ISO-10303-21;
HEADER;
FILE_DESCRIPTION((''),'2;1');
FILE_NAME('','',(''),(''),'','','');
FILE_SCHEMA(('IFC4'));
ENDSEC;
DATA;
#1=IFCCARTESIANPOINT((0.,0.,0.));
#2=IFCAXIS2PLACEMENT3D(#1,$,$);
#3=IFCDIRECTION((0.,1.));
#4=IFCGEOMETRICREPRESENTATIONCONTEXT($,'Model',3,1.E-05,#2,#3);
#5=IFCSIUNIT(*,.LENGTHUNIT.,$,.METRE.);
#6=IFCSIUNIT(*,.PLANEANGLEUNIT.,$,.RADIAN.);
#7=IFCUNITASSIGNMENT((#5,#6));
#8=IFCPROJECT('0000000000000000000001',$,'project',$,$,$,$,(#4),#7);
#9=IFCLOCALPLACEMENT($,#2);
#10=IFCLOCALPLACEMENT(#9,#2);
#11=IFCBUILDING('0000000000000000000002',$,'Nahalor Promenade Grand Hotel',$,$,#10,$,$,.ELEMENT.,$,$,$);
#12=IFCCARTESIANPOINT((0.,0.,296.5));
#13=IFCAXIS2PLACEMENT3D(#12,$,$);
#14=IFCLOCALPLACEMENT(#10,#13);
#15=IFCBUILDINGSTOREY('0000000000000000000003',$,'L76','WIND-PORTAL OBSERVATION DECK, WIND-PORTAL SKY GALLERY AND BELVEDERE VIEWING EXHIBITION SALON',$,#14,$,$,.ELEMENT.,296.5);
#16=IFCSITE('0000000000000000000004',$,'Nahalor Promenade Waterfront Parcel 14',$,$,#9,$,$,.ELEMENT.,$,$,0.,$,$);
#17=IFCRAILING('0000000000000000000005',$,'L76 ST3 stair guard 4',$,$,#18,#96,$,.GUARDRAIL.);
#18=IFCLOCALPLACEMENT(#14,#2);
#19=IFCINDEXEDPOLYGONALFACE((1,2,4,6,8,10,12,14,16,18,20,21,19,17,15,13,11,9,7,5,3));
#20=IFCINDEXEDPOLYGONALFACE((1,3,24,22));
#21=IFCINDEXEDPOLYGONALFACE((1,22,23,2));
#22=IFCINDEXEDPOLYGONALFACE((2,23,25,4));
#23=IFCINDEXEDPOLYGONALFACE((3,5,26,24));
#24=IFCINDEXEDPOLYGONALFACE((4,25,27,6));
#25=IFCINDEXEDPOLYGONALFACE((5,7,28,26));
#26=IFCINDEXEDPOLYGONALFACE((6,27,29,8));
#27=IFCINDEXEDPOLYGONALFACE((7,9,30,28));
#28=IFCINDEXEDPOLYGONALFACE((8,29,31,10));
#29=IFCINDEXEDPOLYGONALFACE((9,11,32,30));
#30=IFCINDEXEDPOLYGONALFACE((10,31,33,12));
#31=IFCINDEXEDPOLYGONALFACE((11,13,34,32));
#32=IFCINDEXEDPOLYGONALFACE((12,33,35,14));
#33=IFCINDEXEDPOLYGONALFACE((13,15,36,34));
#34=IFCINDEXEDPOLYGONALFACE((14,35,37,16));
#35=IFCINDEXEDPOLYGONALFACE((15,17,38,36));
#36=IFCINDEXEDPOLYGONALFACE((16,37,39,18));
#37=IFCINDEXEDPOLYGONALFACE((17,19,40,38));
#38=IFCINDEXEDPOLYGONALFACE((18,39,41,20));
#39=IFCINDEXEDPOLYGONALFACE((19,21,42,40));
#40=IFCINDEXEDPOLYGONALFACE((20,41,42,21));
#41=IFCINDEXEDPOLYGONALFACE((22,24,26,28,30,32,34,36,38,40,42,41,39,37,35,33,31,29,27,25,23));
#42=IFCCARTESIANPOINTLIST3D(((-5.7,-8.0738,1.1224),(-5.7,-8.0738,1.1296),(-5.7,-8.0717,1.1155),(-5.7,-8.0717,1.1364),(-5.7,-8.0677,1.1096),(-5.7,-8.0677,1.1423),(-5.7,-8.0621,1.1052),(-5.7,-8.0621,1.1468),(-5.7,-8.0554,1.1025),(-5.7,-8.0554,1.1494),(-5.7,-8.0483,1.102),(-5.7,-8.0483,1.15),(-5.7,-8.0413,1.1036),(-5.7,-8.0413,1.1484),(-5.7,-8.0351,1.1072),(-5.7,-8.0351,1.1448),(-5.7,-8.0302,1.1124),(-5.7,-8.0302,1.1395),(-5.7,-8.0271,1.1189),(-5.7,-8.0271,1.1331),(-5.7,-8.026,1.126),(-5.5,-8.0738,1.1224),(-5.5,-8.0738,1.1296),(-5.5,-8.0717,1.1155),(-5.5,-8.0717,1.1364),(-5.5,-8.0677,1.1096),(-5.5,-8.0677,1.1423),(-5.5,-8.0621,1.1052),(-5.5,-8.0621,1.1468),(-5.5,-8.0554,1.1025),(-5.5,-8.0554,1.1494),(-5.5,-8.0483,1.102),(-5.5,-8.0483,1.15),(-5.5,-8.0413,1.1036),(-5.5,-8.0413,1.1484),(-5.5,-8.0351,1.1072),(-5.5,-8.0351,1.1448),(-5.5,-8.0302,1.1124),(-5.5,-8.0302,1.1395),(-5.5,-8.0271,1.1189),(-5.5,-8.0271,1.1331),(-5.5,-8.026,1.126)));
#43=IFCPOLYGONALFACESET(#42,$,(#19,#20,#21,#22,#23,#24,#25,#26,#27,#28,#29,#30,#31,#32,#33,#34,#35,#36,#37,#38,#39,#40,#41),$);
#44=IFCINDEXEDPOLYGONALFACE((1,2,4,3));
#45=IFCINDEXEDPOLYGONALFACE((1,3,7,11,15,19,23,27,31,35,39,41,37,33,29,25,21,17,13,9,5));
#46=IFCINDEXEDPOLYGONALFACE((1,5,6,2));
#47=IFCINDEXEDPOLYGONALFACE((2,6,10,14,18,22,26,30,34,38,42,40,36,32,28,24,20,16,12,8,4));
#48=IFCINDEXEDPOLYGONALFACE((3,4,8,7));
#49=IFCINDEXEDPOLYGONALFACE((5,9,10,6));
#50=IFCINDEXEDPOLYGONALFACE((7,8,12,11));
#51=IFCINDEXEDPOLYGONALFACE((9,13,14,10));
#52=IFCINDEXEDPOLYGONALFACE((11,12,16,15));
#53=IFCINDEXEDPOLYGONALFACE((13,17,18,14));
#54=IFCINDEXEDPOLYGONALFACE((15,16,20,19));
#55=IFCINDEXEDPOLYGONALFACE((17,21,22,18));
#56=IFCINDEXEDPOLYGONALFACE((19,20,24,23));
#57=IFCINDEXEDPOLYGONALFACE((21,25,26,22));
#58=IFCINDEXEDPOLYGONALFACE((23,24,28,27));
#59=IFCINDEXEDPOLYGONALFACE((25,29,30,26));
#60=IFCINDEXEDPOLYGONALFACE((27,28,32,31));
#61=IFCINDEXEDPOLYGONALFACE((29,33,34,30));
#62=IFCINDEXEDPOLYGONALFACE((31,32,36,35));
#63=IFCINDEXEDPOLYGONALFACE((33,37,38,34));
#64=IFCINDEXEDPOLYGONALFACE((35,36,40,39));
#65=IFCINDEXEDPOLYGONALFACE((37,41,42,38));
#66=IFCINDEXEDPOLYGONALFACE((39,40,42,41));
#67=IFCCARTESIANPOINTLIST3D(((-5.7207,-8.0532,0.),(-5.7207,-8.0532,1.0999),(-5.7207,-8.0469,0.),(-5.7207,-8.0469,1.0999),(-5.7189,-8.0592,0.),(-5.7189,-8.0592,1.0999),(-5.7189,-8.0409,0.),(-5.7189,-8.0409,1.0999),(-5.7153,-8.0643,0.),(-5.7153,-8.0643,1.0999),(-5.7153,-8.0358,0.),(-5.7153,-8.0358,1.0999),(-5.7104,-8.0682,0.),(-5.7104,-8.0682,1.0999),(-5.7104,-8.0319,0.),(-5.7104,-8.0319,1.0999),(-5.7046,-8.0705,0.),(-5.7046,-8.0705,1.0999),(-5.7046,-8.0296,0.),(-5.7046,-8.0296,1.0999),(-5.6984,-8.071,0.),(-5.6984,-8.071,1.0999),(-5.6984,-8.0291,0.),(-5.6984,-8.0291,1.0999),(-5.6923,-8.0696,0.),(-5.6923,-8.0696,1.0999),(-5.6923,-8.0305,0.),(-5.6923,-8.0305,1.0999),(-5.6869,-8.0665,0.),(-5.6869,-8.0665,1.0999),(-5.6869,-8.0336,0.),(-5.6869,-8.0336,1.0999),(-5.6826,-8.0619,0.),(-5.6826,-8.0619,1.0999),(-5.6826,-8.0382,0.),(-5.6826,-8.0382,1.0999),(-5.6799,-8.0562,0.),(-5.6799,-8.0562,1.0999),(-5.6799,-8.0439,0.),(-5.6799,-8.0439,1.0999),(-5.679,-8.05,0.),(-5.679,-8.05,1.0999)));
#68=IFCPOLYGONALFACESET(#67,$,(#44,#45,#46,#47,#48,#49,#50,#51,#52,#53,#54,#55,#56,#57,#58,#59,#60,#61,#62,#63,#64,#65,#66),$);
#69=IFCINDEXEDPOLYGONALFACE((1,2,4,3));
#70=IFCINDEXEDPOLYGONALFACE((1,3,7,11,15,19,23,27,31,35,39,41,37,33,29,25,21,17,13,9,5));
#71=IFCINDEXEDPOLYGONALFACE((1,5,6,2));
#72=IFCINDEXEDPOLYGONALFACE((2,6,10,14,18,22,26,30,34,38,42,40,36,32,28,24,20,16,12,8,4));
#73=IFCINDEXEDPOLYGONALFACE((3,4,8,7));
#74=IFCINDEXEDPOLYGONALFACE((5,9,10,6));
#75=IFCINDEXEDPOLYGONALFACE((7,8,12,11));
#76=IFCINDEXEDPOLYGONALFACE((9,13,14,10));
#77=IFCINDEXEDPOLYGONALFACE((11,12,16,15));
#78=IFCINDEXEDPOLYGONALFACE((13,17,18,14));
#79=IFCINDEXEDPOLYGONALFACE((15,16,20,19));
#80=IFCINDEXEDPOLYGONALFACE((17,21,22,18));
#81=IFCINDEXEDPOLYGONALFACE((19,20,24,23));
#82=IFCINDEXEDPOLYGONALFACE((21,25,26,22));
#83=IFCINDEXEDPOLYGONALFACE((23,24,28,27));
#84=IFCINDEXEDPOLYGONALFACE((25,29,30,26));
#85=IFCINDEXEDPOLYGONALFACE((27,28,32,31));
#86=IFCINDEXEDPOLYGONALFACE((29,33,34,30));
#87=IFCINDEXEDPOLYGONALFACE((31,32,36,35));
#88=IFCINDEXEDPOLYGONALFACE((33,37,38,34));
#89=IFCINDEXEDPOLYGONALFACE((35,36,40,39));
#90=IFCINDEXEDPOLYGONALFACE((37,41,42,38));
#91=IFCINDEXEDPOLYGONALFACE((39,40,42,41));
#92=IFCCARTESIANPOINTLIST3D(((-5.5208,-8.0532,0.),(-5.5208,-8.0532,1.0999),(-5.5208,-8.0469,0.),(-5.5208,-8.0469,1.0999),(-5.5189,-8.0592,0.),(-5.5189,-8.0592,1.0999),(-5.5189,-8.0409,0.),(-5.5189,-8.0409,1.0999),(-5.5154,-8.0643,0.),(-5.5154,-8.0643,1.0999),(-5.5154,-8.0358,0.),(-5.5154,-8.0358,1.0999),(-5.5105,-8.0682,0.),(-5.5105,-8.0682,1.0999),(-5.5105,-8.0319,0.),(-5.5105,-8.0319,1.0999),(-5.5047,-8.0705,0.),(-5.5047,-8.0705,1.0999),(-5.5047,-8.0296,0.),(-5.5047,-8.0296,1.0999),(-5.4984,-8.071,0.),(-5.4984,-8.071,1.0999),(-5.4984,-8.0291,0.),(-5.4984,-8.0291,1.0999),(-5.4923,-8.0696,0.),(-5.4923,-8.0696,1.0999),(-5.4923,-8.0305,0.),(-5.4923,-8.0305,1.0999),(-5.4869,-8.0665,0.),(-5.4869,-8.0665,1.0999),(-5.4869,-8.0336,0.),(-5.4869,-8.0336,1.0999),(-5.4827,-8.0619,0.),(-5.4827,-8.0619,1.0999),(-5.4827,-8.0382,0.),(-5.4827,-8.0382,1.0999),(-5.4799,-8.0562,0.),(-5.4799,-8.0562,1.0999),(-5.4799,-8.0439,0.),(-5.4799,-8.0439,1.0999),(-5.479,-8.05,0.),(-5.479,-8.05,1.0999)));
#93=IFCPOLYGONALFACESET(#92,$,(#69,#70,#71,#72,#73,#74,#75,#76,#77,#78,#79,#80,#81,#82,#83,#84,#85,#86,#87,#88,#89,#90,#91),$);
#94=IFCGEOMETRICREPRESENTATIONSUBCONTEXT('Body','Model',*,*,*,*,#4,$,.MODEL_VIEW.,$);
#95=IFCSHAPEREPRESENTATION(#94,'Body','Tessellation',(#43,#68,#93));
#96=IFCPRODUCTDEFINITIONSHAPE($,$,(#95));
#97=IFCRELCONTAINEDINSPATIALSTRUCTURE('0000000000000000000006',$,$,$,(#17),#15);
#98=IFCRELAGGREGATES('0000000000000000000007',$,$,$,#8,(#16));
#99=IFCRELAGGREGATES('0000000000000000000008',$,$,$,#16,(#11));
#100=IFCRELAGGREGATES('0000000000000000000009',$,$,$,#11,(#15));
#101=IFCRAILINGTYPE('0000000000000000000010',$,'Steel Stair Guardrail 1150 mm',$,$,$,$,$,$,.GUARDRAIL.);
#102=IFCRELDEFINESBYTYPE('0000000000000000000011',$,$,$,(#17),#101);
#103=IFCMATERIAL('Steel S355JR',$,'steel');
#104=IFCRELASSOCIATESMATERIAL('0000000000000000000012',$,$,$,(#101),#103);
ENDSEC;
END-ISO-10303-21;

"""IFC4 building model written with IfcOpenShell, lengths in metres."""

from ifc_helpers import new_model, si_unit, direction, frame, origin, origin_2d, place, context, subcontext, project, spatial, circle, extrude, material, type_object, element, save


model = new_model("IFC4")

# Units and contexts
model_context = context("Model", 3, precision=1e-05, world=origin(), true_north=direction((0.0, 1.0)))
body_context = subcontext(model_context, "Body", "Model", "MODEL_VIEW")
ifc_project = project(units=[si_unit("LENGTHUNIT", "METRE"), si_unit("PLANEANGLEUNIT", "RADIAN")], contexts=[model_context])

# Site, building, storey
site_placement = place(None, origin())
site = spatial("IfcSite", under=ifc_project, at=site_placement, Name="Nahalor Promenade Waterfront Parcel 14", CompositionType="ELEMENT", RefElevation=0.0)
building_placement = place(site_placement, origin())
building = spatial("IfcBuilding", under=site, at=building_placement, Name="Nahalor Promenade Grand Hotel", CompositionType="ELEMENT")
storey_placement = place(building_placement, frame((0.0, 0.0, 296.5)))
storey = spatial("IfcBuildingStorey", under=building, at=storey_placement, Name="L76", Description="WIND-PORTAL OBSERVATION DECK, WIND-PORTAL SKY GALLERY AND BELVEDERE VIEWING EXHIBITION SALON", CompositionType="ELEMENT", Elevation=296.5)

# Shared definitions
ifc_material_1 = material(Name="Steel S355JR", Category="steel")

# Railing
railing_type_1 = type_object("IfcRailingType", Name="Steel Stair Guardrail 1150 mm", PredefinedType="GUARDRAIL", material=ifc_material_1)
railing_1_placement = place(storey_placement, frame((-5.7, -8.05, 0.0)))
element("IfcRailing", 1, at=railing_1_placement, inside=storey, type_object=railing_type_1, Name="L76 ST3 stair guard 4", PredefinedType="GUARDRAIL", context=body_context, shape_type="SweptSolid", body=[
    extrude(circle(Radius=0.024, at=origin_2d()), frame((0.0, 0.0, 1.126), z_axis=(1.0, 0.0, 0.0), x_axis=(0.0, 1.0, 0.0)), (0.0, 0.0, 1.0), 0.2),
    extrude(circle(Radius=0.021, at=origin_2d()), origin(), (0.0, 0.0, 1.0), 1.0999),
    extrude(circle(Radius=0.021, at=origin_2d()), frame((0.2, 0.0, 0.0)), (0.0, 0.0, 1.0), 1.0999),
])

save(model, "model.ifc")
